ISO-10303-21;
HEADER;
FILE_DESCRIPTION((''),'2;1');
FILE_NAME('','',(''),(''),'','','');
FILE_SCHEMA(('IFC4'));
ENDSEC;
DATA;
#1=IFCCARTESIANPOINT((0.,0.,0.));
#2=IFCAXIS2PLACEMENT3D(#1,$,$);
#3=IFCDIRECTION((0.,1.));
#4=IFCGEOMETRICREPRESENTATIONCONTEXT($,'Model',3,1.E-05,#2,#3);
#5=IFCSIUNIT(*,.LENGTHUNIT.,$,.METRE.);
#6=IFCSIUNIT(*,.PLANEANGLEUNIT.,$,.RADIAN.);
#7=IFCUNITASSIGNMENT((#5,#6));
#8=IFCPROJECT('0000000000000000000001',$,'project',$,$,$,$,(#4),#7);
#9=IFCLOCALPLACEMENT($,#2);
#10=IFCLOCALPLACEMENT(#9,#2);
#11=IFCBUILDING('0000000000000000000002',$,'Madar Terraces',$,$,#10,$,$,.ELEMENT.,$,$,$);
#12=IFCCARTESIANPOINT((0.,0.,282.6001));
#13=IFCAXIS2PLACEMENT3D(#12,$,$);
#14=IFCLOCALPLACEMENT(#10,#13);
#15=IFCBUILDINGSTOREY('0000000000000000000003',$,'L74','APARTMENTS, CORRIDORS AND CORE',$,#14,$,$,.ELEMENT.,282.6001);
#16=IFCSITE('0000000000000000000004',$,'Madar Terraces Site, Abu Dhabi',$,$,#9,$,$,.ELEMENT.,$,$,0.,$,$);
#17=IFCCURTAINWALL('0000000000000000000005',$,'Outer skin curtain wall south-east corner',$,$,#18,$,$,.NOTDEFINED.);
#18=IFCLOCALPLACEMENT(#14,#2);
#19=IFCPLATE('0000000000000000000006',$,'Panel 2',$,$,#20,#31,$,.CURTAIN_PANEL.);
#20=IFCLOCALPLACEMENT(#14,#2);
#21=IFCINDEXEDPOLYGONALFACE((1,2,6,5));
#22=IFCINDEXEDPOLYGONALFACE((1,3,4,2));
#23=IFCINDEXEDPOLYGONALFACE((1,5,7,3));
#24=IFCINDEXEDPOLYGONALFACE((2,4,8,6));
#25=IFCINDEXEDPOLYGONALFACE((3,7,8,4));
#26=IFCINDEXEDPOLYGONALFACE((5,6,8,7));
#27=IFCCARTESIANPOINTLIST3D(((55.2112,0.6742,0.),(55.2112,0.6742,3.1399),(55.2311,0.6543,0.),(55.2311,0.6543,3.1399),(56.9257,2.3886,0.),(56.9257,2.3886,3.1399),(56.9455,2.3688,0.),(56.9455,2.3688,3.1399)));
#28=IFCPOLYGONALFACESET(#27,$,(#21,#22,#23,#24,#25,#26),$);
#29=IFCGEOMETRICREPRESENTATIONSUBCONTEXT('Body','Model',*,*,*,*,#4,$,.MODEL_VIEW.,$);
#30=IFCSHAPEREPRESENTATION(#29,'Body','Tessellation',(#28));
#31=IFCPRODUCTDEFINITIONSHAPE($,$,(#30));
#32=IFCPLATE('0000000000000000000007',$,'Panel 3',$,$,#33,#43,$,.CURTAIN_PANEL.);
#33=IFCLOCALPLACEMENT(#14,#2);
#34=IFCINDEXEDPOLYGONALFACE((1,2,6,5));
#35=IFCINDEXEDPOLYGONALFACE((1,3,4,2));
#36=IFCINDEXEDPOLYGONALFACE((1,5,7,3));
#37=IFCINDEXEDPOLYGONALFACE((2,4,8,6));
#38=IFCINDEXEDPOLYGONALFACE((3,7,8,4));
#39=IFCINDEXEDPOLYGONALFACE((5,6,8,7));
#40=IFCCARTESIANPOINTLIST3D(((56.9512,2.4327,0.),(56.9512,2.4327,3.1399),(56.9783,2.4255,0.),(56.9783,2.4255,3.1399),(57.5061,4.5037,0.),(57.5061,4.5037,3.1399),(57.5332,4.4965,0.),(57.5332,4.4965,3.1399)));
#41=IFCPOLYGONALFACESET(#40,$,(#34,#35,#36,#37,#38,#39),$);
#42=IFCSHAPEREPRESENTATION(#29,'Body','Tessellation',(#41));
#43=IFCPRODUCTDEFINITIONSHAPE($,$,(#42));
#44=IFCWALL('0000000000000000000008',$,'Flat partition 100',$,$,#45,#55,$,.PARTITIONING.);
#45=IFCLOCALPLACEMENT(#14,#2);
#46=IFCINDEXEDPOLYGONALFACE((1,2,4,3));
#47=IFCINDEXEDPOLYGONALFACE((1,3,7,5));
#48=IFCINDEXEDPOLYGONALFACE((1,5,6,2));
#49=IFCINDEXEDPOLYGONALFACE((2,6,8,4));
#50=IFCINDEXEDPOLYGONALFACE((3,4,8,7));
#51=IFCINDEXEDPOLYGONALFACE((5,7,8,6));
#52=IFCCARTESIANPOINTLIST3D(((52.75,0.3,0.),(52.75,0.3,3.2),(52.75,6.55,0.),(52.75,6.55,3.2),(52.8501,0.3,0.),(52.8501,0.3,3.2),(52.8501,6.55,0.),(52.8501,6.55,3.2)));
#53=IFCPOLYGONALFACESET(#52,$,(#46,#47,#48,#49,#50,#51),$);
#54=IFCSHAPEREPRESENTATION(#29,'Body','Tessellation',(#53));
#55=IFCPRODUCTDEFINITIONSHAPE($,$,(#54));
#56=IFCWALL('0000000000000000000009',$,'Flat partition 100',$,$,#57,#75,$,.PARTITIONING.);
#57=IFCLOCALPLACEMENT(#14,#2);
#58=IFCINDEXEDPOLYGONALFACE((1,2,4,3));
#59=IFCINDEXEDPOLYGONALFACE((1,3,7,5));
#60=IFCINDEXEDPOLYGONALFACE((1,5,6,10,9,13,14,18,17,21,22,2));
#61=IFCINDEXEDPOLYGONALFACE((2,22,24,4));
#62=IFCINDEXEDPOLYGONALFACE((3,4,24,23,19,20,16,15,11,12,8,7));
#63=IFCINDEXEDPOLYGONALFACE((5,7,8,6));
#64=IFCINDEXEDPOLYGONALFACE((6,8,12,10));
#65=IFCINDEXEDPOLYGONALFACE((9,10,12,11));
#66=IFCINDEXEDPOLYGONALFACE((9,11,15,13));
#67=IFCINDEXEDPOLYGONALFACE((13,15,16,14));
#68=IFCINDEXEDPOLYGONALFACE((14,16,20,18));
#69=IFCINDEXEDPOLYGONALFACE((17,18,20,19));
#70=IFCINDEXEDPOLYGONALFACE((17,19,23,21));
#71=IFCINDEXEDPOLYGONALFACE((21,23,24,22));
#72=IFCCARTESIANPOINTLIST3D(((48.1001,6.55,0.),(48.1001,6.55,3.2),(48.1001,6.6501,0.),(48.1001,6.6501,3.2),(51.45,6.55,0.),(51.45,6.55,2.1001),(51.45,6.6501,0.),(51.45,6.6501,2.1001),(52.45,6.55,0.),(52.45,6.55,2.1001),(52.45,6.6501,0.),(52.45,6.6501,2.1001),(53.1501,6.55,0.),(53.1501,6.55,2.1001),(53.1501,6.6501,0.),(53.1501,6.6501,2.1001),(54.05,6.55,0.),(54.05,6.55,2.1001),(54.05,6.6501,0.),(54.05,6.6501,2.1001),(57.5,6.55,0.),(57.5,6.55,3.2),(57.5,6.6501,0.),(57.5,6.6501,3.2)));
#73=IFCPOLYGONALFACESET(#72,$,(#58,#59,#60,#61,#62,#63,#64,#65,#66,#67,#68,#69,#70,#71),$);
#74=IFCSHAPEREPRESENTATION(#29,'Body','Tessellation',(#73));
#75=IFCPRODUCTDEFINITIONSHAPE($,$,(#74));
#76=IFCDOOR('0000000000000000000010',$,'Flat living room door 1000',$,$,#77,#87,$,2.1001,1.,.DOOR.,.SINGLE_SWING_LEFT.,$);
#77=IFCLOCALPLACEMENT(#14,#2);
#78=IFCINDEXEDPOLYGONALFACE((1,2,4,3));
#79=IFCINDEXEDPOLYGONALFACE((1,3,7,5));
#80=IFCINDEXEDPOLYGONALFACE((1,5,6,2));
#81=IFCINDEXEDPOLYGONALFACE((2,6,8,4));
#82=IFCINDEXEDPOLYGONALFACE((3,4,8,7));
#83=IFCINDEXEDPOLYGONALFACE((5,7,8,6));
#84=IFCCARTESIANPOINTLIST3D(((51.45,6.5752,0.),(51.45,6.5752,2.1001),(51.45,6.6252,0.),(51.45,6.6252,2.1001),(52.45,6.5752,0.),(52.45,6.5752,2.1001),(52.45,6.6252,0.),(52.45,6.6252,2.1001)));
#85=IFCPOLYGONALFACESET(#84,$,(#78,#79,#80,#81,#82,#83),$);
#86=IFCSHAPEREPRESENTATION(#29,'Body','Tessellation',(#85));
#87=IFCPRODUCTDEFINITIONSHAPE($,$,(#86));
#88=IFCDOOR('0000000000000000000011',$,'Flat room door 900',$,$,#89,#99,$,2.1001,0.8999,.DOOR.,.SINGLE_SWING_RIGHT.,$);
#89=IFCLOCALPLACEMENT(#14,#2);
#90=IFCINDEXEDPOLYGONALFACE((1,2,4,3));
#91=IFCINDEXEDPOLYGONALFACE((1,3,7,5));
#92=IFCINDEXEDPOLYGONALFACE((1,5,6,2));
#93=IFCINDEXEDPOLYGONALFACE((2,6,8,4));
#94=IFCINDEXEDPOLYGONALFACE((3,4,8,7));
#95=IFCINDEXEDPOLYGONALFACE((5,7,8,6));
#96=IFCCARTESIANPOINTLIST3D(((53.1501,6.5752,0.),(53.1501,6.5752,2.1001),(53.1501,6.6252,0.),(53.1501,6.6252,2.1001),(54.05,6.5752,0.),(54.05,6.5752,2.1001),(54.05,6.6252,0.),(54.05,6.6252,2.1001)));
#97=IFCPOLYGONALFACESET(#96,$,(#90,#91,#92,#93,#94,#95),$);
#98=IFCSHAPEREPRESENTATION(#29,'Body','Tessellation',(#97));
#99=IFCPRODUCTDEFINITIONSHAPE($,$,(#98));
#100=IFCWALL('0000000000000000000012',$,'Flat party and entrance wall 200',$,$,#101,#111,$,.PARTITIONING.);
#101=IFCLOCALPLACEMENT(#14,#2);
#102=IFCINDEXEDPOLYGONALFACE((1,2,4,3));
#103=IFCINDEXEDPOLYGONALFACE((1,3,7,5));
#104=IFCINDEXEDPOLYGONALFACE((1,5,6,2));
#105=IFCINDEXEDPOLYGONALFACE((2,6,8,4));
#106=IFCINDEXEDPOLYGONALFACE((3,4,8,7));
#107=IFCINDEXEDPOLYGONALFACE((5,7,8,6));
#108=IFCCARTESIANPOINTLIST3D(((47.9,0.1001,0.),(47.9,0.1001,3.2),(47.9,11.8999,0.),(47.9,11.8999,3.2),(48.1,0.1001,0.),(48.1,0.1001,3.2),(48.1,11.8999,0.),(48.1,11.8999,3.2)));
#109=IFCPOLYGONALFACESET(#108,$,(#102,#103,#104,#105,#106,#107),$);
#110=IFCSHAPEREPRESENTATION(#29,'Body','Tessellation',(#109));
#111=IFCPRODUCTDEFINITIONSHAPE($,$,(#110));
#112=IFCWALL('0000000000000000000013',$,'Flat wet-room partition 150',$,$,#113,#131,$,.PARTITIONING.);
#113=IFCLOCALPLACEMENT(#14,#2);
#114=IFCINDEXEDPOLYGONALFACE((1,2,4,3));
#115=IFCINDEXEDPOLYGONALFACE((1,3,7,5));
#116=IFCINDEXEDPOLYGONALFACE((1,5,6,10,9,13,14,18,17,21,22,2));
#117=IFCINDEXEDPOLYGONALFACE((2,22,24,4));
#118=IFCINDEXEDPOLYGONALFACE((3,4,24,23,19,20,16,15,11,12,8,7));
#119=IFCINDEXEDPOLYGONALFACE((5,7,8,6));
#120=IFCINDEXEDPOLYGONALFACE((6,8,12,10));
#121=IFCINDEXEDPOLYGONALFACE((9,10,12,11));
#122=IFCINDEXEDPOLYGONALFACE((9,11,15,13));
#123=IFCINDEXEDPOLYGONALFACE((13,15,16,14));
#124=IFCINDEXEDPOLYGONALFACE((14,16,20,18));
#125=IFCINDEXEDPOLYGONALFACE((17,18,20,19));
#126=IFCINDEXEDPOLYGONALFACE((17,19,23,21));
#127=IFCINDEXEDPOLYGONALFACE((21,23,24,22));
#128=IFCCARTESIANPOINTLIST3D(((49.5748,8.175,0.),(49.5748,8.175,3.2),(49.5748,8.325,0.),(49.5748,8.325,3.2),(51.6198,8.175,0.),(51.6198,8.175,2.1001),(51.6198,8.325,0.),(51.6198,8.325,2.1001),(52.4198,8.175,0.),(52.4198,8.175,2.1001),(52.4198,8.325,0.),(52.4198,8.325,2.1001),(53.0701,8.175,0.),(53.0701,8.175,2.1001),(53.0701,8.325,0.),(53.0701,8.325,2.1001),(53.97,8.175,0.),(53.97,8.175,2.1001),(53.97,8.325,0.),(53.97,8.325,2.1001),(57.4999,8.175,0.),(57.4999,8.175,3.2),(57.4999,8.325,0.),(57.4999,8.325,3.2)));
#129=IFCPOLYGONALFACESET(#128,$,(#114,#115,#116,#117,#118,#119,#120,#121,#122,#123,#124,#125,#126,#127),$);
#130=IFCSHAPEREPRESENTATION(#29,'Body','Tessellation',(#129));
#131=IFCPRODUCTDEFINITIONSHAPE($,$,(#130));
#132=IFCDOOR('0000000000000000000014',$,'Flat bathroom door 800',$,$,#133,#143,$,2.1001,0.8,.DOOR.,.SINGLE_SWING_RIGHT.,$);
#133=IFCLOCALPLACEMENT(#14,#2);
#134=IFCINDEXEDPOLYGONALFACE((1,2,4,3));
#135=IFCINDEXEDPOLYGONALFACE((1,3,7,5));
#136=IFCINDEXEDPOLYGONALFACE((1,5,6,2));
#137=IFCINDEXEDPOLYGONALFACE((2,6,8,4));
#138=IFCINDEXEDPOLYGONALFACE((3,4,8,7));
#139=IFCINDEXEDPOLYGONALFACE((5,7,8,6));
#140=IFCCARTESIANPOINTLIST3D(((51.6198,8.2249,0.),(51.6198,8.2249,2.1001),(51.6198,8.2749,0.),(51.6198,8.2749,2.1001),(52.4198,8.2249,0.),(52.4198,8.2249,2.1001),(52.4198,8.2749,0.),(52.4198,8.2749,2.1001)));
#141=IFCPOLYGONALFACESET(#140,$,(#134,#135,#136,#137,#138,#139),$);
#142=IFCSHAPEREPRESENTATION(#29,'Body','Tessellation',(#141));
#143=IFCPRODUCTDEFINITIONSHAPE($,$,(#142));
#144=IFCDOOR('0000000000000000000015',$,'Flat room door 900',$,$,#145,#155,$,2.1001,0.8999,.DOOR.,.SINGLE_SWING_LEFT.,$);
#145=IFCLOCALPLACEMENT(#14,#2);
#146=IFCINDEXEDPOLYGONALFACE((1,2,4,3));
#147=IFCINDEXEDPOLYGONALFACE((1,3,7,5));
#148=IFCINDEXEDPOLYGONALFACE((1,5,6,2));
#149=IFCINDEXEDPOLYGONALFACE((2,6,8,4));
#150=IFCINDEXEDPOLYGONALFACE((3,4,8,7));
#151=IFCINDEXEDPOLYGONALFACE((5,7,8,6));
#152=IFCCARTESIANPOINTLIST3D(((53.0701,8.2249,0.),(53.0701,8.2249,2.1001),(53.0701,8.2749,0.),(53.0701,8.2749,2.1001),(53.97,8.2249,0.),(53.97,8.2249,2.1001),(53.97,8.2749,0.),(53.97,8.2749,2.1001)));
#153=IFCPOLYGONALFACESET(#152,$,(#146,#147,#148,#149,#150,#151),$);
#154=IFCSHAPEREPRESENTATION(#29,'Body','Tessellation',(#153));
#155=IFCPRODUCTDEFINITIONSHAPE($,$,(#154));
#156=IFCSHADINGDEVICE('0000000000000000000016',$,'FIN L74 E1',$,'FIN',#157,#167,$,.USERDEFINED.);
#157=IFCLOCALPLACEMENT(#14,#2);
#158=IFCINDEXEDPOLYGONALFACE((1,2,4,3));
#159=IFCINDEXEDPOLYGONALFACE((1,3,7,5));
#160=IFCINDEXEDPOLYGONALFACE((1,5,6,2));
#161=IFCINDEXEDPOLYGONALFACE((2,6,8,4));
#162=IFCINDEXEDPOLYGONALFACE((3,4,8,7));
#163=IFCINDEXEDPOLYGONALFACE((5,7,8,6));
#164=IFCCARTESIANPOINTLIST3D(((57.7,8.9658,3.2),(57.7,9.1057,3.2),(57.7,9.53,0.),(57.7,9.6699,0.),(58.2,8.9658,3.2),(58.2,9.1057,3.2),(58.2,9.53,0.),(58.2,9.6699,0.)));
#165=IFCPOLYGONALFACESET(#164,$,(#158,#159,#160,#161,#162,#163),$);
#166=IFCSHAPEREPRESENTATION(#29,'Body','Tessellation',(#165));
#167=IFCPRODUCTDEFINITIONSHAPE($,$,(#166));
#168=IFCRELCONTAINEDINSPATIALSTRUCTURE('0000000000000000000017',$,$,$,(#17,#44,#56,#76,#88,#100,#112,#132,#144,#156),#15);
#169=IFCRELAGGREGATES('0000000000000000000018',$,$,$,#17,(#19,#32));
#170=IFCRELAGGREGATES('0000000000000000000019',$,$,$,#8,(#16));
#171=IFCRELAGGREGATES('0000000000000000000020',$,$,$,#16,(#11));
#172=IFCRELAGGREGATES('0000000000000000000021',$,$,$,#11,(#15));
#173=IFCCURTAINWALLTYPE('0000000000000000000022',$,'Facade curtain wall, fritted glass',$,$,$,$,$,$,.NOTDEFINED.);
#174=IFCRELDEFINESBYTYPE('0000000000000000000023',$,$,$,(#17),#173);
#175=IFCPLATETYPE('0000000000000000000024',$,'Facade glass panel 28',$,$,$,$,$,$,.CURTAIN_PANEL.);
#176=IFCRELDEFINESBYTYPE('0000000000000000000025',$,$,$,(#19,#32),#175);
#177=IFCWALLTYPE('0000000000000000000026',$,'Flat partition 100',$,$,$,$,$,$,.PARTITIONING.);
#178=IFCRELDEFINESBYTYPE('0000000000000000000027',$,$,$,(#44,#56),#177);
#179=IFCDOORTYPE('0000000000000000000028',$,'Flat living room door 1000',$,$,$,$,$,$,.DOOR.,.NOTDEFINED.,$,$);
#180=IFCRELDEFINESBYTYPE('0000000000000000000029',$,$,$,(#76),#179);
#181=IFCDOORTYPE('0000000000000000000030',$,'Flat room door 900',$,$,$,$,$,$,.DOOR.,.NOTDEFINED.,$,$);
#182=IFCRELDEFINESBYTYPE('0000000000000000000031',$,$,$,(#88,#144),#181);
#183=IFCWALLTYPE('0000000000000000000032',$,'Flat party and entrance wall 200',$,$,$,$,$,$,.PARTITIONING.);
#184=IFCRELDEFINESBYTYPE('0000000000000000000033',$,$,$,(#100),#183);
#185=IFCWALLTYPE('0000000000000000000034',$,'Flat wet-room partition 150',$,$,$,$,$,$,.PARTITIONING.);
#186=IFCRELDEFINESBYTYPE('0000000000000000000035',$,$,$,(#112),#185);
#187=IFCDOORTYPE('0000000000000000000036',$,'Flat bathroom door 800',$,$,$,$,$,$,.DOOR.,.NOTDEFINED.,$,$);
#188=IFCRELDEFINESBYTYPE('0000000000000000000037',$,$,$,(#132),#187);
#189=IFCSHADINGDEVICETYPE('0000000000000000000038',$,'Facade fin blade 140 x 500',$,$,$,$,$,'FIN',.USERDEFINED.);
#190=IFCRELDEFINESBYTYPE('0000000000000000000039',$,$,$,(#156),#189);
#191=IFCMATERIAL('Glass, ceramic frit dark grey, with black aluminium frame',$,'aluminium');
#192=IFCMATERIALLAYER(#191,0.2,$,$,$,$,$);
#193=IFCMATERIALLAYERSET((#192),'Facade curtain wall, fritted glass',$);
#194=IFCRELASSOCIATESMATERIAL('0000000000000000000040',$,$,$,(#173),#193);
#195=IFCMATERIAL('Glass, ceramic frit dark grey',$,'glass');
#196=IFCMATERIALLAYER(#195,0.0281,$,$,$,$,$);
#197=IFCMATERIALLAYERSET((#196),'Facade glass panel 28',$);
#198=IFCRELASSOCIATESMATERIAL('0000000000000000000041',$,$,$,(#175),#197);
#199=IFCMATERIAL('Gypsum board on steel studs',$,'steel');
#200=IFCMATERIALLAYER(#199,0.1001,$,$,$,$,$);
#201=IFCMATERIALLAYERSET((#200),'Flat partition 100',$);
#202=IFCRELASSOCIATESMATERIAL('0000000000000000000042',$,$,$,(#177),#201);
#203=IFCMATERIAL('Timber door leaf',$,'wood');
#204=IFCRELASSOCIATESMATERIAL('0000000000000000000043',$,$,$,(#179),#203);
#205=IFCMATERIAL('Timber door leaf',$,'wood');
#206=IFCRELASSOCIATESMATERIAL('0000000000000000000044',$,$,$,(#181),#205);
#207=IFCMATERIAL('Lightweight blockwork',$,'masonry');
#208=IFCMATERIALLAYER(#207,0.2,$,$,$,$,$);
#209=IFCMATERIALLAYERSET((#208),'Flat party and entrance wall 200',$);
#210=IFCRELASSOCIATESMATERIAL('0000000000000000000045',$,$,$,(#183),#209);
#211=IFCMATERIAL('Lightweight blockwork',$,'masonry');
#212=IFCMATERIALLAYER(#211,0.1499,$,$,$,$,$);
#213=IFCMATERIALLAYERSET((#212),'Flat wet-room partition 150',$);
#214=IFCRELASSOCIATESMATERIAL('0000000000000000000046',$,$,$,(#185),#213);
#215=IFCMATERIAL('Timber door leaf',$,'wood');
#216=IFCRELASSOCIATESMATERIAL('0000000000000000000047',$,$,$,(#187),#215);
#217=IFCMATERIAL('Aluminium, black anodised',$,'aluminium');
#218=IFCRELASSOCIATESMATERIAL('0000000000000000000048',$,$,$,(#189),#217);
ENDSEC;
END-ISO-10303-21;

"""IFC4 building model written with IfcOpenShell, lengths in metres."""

from ifc_helpers import new_model, si_unit, direction, frame, frame_2d, origin, origin_2d, place, context, subcontext, project, spatial, polyline, rectangle, outline, extrude, material, layer, layer_set, type_object, element, fill, aggregate, save


model = new_model("IFC4")

# Units and contexts
model_context = context("Model", 3, precision=1e-05, world=origin(), true_north=direction((0.0, 1.0)))
body_context = subcontext(model_context, "Body", "Model", "MODEL_VIEW")
ifc_project = project(units=[si_unit("LENGTHUNIT", "METRE"), si_unit("PLANEANGLEUNIT", "RADIAN")], contexts=[model_context])

# Site, building, storey
site_placement = place(None, origin())
site = spatial("IfcSite", under=ifc_project, at=site_placement, Name="Madar Terraces Site, Abu Dhabi", CompositionType="ELEMENT", RefElevation=0.0)
building_placement = place(site_placement, origin())
building = spatial("IfcBuilding", under=site, at=building_placement, Name="Madar Terraces", CompositionType="ELEMENT")
storey_placement = place(building_placement, frame((0.0, 0.0, 282.6001)))
storey = spatial("IfcBuildingStorey", under=building, at=storey_placement, Name="L74", Description="APARTMENTS, CORRIDORS AND CORE", CompositionType="ELEMENT", Elevation=282.6001)

# Shared definitions
ifc_material_1 = material(Name="Glass, ceramic frit dark grey, with black aluminium frame", Category="aluminium")
ifc_layer_1 = layer(ifc_material_1, 0.2)
ifc_layer_set_1 = layer_set([ifc_layer_1], Name="Facade curtain wall, fritted glass")
curtain_wall_type = type_object("IfcCurtainWallType", Name="Facade curtain wall, fritted glass", PredefinedType="NOTDEFINED", material=ifc_layer_set_1)

# Curtain wall
curtain_wall_1_placement = place(storey_placement, origin())
curtain_wall_1 = element("IfcCurtainWall", 1, at=curtain_wall_1_placement, inside=storey, type_object=curtain_wall_type, Name="Outer skin curtain wall south-east corner", PredefinedType="NOTDEFINED")

# Plates
ifc_material_2 = material(Name="Glass, ceramic frit dark grey", Category="glass")
ifc_layer_2 = layer(ifc_material_2, 0.0281)
ifc_layer_set_2 = layer_set([ifc_layer_2], Name="Facade glass panel 28")
plate_type = type_object("IfcPlateType", Name="Facade glass panel 28", PredefinedType="CURTAIN_PANEL", material=ifc_layer_set_2)
plate_1_placement = place(storey_placement, frame((56.0784, 1.5215, 0.0), z_axis=(0.0, 0.0, 1.0), x_axis=(0.707107, 0.707107, 0.0)))
plate_1 = element("IfcPlate", 2, at=plate_1_placement, type_object=plate_type, Name="Panel 2", PredefinedType="CURTAIN_PANEL", context=body_context, shape_type="SweptSolid", body=[
    extrude(rectangle(XDim=2.4246, YDim=0.0281, at=origin_2d()), origin(), (0.0, 0.0, 1.0), 3.1399),
])
plate_2_placement = place(storey_placement, frame((57.2422, 3.4646, 0.0), z_axis=(0.0, 0.0, 1.0), x_axis=(0.258819, 0.965926, 0.0)))
plate_2 = element("IfcPlate", 3, at=plate_2_placement, type_object=plate_type, Name="Panel 3", PredefinedType="CURTAIN_PANEL", context=body_context, shape_type="SweptSolid", body=[
    extrude(rectangle(XDim=2.144, YDim=0.0281, at=origin_2d()), origin(), (0.0, 0.0, 1.0), 3.1399),
])
aggregate(curtain_wall_1, [plate_1, plate_2])

# Wall
ifc_material_3 = material(Name="Gypsum board on steel studs", Category="steel")
ifc_layer_3 = layer(ifc_material_3, 0.1001)
ifc_layer_set_3 = layer_set([ifc_layer_3], Name="Flat partition 100")
wall_type_1 = type_object("IfcWallType", Name="Flat partition 100", PredefinedType="PARTITIONING", material=ifc_layer_set_3)
wall_1_placement = place(storey_placement, frame((52.8, 6.55, 0.0), z_axis=(0.0, 0.0, 1.0), x_axis=(0.0, -1.0, 0.0)))
element("IfcWall", 4, at=wall_1_placement, inside=storey, type_object=wall_type_1, Name="Flat partition 100", PredefinedType="PARTITIONING", context=body_context, shape_type="SweptSolid", body=[
    extrude(rectangle(XDim=6.25, YDim=0.1001, at=frame_2d((3.125, 0.0))), origin(), (0.0, 0.0, 1.0), 3.2),
])

# Wall, openings, doors
wall_2_placement = place(storey_placement, frame((57.5, 6.6001, 0.0), z_axis=(0.0, 0.0, 1.0), x_axis=(-1.0, 0.0, 0.0)))
wall_2 = element("IfcWall", 5, at=wall_2_placement, inside=storey, type_object=wall_type_1, Name="Flat partition 100", PredefinedType="PARTITIONING", context=body_context, shape_type="SweptSolid", body=[
    extrude(rectangle(XDim=9.3999, YDim=0.1001, at=frame_2d((4.7, 0.0))), origin(), (0.0, 0.0, 1.0), 3.2),
])
opening_1_placement = place(wall_2_placement, frame((5.05, 0.0, 0.0)))
opening_1 = element("IfcOpeningElement", 6, at=opening_1_placement, cuts=wall_2, PredefinedType="OPENING", context=body_context, shape_type="SweptSolid", body=[
    extrude(rectangle(XDim=1.0, YDim=2.1001, at=frame_2d((0.5, 1.05))), frame((0.0, 0.0601, 0.0), z_axis=(0.0, -1.0, 0.0), x_axis=(1.0, 0.0, 0.0)), (0.0, 0.0, 1.0), 0.1201),
])
opening_2_placement = place(wall_2_placement, frame((3.45, 0.0, 0.0)))
opening_2 = element("IfcOpeningElement", 7, at=opening_2_placement, cuts=wall_2, PredefinedType="OPENING", context=body_context, shape_type="SweptSolid", body=[
    extrude(rectangle(XDim=0.8999, YDim=2.1001, at=frame_2d((0.45, 1.05))), frame((0.0, 0.0601, 0.0), z_axis=(0.0, -1.0, 0.0), x_axis=(1.0, 0.0, 0.0)), (0.0, 0.0, 1.0), 0.1201),
])
ifc_material_4 = material(Name="Timber door leaf", Category="wood")
door_type_1 = type_object("IfcDoorType", Name="Flat living room door 1000", OperationType="NOTDEFINED", PredefinedType="DOOR", material=ifc_material_4)
door_1_placement = place(opening_1_placement, origin())
door_1 = element("IfcDoor", 8, at=door_1_placement, inside=storey, type_object=door_type_1, Name="Flat living room door 1000", OperationType="SINGLE_SWING_LEFT", OverallHeight=2.1001, OverallWidth=1.0, PredefinedType="DOOR", context=body_context, shape_type="SweptSolid", body=[
    extrude(rectangle(XDim=1.0, YDim=2.1001, at=frame_2d((0.5, 1.05))), frame((0.0, 0.0249, 0.0), z_axis=(0.0, -1.0, 0.0), x_axis=(1.0, 0.0, 0.0)), (0.0, 0.0, 1.0), 0.05),
])
fill(opening_1, door_1)
ifc_material_5 = material(Name="Timber door leaf", Category="wood")
door_type_2 = type_object("IfcDoorType", Name="Flat room door 900", OperationType="NOTDEFINED", PredefinedType="DOOR", material=ifc_material_5)
door_2_placement = place(opening_2_placement, origin())
door_2 = element("IfcDoor", 9, at=door_2_placement, inside=storey, type_object=door_type_2, Name="Flat room door 900", OperationType="SINGLE_SWING_RIGHT", OverallHeight=2.1001, OverallWidth=0.8999, PredefinedType="DOOR", context=body_context, shape_type="SweptSolid", body=[
    extrude(rectangle(XDim=0.8999, YDim=2.1001, at=frame_2d((0.45, 1.05))), frame((0.0, 0.0249, 0.0), z_axis=(0.0, -1.0, 0.0), x_axis=(1.0, 0.0, 0.0)), (0.0, 0.0, 1.0), 0.05),
])
fill(opening_2, door_2)

# Wall
ifc_material_6 = material(Name="Lightweight blockwork", Category="masonry")
ifc_layer_4 = layer(ifc_material_6, 0.2)
ifc_layer_set_4 = layer_set([ifc_layer_4], Name="Flat party and entrance wall 200")
wall_type_2 = type_object("IfcWallType", Name="Flat party and entrance wall 200", PredefinedType="PARTITIONING", material=ifc_layer_set_4)
wall_3_placement = place(storey_placement, frame((48.0, 11.8999, 0.0), z_axis=(0.0, 0.0, 1.0), x_axis=(0.0, -1.0, 0.0)))
element("IfcWall", 10, at=wall_3_placement, inside=storey, type_object=wall_type_2, Name="Flat party and entrance wall 200", PredefinedType="PARTITIONING", context=body_context, shape_type="SweptSolid", body=[
    extrude(rectangle(XDim=11.7998, YDim=0.2, at=frame_2d((5.8999, 0.0))), origin(), (0.0, 0.0, 1.0), 3.2),
])

# Wall, openings, doors
ifc_material_7 = material(Name="Lightweight blockwork", Category="masonry")
ifc_layer_5 = layer(ifc_material_7, 0.1499)
ifc_layer_set_5 = layer_set([ifc_layer_5], Name="Flat wet-room partition 150")
wall_type_3 = type_object("IfcWallType", Name="Flat wet-room partition 150", PredefinedType="PARTITIONING", material=ifc_layer_set_5)
wall_4_placement = place(storey_placement, frame((49.575, 8.25, 0.0), z_axis=(0.0, 0.0, 1.0), x_axis=(1.0, 0.0, 0.0)))
wall_4 = element("IfcWall", 11, at=wall_4_placement, inside=storey, type_object=wall_type_3, Name="Flat wet-room partition 150", PredefinedType="PARTITIONING", context=body_context, shape_type="SweptSolid", body=[
    extrude(rectangle(XDim=7.925, YDim=0.1499, at=frame_2d((3.9624, 0.0))), origin(), (0.0, 0.0, 1.0), 3.2),
])
opening_3_placement = place(wall_4_placement, frame((2.0449, 0.0, 0.0)))
opening_3 = element("IfcOpeningElement", 12, at=opening_3_placement, cuts=wall_4, PredefinedType="OPENING", context=body_context, shape_type="SweptSolid", body=[
    extrude(rectangle(XDim=0.8, YDim=2.1001, at=frame_2d((0.3999, 1.05))), frame((0.0, 0.085, 0.0), z_axis=(0.0, -1.0, 0.0), x_axis=(1.0, 0.0, 0.0)), (0.0, 0.0, 1.0), 0.1699),
])
opening_4_placement = place(wall_4_placement, frame((3.4951, 0.0, 0.0)))
opening_4 = element("IfcOpeningElement", 13, at=opening_4_placement, cuts=wall_4, PredefinedType="OPENING", context=body_context, shape_type="SweptSolid", body=[
    extrude(rectangle(XDim=0.8999, YDim=2.1001, at=frame_2d((0.45, 1.05))), frame((0.0, 0.085, 0.0), z_axis=(0.0, -1.0, 0.0), x_axis=(1.0, 0.0, 0.0)), (0.0, 0.0, 1.0), 0.1699),
])
ifc_material_8 = material(Name="Timber door leaf", Category="wood")
door_type_3 = type_object("IfcDoorType", Name="Flat bathroom door 800", OperationType="NOTDEFINED", PredefinedType="DOOR", material=ifc_material_8)
door_3_placement = place(opening_3_placement, origin())
door_3 = element("IfcDoor", 14, at=door_3_placement, inside=storey, type_object=door_type_3, Name="Flat bathroom door 800", OperationType="SINGLE_SWING_RIGHT", OverallHeight=2.1001, OverallWidth=0.8, PredefinedType="DOOR", context=body_context, shape_type="SweptSolid", body=[
    extrude(rectangle(XDim=0.8, YDim=2.1001, at=frame_2d((0.3999, 1.05))), frame((0.0, 0.0249, 0.0), z_axis=(0.0, -1.0, 0.0), x_axis=(1.0, 0.0, 0.0)), (0.0, 0.0, 1.0), 0.05),
])
fill(opening_3, door_3)
door_4_placement = place(opening_4_placement, origin())
door_4 = element("IfcDoor", 15, at=door_4_placement, inside=storey, type_object=door_type_2, Name="Flat room door 900", OperationType="SINGLE_SWING_LEFT", OverallHeight=2.1001, OverallWidth=0.8999, PredefinedType="DOOR", context=body_context, shape_type="SweptSolid", body=[
    extrude(rectangle(XDim=0.8999, YDim=2.1001, at=frame_2d((0.45, 1.05))), frame((0.0, 0.0249, 0.0), z_axis=(0.0, -1.0, 0.0), x_axis=(1.0, 0.0, 0.0)), (0.0, 0.0, 1.0), 0.05),
])
fill(opening_4, door_4)

# Shading device
ifc_material_9 = material(Name="Aluminium, black anodised", Category="aluminium")
shading_device_type = type_object("IfcShadingDeviceType", Name="Facade fin blade 140 x 500", ElementType="FIN", PredefinedType="USERDEFINED", material=ifc_material_9)
shading_device_1_placement = place(storey_placement, frame((57.95, 9.53, 0.0), z_axis=(0.0, 0.0, 1.0), x_axis=(0.0, 1.0, 0.0)))
element("IfcShadingDevice", 16, at=shading_device_1_placement, inside=storey, type_object=shading_device_type, Name="FIN L74 E1", ObjectType="FIN", PredefinedType="USERDEFINED", context=body_context, shape_type="SweptSolid", body=[
    extrude(outline(polyline([(0.0, 0.0), (0.1399, 0.0), (-0.4243, 3.2), (-0.5642, 3.2), (0.0, 0.0)])), frame((0.0, 0.25, 0.0), z_axis=(0.0, -1.0, 0.0), x_axis=(1.0, 0.0, 0.0)), (0.0, 0.0, 1.0), 0.5),
])

save(model, "model.ifc")
